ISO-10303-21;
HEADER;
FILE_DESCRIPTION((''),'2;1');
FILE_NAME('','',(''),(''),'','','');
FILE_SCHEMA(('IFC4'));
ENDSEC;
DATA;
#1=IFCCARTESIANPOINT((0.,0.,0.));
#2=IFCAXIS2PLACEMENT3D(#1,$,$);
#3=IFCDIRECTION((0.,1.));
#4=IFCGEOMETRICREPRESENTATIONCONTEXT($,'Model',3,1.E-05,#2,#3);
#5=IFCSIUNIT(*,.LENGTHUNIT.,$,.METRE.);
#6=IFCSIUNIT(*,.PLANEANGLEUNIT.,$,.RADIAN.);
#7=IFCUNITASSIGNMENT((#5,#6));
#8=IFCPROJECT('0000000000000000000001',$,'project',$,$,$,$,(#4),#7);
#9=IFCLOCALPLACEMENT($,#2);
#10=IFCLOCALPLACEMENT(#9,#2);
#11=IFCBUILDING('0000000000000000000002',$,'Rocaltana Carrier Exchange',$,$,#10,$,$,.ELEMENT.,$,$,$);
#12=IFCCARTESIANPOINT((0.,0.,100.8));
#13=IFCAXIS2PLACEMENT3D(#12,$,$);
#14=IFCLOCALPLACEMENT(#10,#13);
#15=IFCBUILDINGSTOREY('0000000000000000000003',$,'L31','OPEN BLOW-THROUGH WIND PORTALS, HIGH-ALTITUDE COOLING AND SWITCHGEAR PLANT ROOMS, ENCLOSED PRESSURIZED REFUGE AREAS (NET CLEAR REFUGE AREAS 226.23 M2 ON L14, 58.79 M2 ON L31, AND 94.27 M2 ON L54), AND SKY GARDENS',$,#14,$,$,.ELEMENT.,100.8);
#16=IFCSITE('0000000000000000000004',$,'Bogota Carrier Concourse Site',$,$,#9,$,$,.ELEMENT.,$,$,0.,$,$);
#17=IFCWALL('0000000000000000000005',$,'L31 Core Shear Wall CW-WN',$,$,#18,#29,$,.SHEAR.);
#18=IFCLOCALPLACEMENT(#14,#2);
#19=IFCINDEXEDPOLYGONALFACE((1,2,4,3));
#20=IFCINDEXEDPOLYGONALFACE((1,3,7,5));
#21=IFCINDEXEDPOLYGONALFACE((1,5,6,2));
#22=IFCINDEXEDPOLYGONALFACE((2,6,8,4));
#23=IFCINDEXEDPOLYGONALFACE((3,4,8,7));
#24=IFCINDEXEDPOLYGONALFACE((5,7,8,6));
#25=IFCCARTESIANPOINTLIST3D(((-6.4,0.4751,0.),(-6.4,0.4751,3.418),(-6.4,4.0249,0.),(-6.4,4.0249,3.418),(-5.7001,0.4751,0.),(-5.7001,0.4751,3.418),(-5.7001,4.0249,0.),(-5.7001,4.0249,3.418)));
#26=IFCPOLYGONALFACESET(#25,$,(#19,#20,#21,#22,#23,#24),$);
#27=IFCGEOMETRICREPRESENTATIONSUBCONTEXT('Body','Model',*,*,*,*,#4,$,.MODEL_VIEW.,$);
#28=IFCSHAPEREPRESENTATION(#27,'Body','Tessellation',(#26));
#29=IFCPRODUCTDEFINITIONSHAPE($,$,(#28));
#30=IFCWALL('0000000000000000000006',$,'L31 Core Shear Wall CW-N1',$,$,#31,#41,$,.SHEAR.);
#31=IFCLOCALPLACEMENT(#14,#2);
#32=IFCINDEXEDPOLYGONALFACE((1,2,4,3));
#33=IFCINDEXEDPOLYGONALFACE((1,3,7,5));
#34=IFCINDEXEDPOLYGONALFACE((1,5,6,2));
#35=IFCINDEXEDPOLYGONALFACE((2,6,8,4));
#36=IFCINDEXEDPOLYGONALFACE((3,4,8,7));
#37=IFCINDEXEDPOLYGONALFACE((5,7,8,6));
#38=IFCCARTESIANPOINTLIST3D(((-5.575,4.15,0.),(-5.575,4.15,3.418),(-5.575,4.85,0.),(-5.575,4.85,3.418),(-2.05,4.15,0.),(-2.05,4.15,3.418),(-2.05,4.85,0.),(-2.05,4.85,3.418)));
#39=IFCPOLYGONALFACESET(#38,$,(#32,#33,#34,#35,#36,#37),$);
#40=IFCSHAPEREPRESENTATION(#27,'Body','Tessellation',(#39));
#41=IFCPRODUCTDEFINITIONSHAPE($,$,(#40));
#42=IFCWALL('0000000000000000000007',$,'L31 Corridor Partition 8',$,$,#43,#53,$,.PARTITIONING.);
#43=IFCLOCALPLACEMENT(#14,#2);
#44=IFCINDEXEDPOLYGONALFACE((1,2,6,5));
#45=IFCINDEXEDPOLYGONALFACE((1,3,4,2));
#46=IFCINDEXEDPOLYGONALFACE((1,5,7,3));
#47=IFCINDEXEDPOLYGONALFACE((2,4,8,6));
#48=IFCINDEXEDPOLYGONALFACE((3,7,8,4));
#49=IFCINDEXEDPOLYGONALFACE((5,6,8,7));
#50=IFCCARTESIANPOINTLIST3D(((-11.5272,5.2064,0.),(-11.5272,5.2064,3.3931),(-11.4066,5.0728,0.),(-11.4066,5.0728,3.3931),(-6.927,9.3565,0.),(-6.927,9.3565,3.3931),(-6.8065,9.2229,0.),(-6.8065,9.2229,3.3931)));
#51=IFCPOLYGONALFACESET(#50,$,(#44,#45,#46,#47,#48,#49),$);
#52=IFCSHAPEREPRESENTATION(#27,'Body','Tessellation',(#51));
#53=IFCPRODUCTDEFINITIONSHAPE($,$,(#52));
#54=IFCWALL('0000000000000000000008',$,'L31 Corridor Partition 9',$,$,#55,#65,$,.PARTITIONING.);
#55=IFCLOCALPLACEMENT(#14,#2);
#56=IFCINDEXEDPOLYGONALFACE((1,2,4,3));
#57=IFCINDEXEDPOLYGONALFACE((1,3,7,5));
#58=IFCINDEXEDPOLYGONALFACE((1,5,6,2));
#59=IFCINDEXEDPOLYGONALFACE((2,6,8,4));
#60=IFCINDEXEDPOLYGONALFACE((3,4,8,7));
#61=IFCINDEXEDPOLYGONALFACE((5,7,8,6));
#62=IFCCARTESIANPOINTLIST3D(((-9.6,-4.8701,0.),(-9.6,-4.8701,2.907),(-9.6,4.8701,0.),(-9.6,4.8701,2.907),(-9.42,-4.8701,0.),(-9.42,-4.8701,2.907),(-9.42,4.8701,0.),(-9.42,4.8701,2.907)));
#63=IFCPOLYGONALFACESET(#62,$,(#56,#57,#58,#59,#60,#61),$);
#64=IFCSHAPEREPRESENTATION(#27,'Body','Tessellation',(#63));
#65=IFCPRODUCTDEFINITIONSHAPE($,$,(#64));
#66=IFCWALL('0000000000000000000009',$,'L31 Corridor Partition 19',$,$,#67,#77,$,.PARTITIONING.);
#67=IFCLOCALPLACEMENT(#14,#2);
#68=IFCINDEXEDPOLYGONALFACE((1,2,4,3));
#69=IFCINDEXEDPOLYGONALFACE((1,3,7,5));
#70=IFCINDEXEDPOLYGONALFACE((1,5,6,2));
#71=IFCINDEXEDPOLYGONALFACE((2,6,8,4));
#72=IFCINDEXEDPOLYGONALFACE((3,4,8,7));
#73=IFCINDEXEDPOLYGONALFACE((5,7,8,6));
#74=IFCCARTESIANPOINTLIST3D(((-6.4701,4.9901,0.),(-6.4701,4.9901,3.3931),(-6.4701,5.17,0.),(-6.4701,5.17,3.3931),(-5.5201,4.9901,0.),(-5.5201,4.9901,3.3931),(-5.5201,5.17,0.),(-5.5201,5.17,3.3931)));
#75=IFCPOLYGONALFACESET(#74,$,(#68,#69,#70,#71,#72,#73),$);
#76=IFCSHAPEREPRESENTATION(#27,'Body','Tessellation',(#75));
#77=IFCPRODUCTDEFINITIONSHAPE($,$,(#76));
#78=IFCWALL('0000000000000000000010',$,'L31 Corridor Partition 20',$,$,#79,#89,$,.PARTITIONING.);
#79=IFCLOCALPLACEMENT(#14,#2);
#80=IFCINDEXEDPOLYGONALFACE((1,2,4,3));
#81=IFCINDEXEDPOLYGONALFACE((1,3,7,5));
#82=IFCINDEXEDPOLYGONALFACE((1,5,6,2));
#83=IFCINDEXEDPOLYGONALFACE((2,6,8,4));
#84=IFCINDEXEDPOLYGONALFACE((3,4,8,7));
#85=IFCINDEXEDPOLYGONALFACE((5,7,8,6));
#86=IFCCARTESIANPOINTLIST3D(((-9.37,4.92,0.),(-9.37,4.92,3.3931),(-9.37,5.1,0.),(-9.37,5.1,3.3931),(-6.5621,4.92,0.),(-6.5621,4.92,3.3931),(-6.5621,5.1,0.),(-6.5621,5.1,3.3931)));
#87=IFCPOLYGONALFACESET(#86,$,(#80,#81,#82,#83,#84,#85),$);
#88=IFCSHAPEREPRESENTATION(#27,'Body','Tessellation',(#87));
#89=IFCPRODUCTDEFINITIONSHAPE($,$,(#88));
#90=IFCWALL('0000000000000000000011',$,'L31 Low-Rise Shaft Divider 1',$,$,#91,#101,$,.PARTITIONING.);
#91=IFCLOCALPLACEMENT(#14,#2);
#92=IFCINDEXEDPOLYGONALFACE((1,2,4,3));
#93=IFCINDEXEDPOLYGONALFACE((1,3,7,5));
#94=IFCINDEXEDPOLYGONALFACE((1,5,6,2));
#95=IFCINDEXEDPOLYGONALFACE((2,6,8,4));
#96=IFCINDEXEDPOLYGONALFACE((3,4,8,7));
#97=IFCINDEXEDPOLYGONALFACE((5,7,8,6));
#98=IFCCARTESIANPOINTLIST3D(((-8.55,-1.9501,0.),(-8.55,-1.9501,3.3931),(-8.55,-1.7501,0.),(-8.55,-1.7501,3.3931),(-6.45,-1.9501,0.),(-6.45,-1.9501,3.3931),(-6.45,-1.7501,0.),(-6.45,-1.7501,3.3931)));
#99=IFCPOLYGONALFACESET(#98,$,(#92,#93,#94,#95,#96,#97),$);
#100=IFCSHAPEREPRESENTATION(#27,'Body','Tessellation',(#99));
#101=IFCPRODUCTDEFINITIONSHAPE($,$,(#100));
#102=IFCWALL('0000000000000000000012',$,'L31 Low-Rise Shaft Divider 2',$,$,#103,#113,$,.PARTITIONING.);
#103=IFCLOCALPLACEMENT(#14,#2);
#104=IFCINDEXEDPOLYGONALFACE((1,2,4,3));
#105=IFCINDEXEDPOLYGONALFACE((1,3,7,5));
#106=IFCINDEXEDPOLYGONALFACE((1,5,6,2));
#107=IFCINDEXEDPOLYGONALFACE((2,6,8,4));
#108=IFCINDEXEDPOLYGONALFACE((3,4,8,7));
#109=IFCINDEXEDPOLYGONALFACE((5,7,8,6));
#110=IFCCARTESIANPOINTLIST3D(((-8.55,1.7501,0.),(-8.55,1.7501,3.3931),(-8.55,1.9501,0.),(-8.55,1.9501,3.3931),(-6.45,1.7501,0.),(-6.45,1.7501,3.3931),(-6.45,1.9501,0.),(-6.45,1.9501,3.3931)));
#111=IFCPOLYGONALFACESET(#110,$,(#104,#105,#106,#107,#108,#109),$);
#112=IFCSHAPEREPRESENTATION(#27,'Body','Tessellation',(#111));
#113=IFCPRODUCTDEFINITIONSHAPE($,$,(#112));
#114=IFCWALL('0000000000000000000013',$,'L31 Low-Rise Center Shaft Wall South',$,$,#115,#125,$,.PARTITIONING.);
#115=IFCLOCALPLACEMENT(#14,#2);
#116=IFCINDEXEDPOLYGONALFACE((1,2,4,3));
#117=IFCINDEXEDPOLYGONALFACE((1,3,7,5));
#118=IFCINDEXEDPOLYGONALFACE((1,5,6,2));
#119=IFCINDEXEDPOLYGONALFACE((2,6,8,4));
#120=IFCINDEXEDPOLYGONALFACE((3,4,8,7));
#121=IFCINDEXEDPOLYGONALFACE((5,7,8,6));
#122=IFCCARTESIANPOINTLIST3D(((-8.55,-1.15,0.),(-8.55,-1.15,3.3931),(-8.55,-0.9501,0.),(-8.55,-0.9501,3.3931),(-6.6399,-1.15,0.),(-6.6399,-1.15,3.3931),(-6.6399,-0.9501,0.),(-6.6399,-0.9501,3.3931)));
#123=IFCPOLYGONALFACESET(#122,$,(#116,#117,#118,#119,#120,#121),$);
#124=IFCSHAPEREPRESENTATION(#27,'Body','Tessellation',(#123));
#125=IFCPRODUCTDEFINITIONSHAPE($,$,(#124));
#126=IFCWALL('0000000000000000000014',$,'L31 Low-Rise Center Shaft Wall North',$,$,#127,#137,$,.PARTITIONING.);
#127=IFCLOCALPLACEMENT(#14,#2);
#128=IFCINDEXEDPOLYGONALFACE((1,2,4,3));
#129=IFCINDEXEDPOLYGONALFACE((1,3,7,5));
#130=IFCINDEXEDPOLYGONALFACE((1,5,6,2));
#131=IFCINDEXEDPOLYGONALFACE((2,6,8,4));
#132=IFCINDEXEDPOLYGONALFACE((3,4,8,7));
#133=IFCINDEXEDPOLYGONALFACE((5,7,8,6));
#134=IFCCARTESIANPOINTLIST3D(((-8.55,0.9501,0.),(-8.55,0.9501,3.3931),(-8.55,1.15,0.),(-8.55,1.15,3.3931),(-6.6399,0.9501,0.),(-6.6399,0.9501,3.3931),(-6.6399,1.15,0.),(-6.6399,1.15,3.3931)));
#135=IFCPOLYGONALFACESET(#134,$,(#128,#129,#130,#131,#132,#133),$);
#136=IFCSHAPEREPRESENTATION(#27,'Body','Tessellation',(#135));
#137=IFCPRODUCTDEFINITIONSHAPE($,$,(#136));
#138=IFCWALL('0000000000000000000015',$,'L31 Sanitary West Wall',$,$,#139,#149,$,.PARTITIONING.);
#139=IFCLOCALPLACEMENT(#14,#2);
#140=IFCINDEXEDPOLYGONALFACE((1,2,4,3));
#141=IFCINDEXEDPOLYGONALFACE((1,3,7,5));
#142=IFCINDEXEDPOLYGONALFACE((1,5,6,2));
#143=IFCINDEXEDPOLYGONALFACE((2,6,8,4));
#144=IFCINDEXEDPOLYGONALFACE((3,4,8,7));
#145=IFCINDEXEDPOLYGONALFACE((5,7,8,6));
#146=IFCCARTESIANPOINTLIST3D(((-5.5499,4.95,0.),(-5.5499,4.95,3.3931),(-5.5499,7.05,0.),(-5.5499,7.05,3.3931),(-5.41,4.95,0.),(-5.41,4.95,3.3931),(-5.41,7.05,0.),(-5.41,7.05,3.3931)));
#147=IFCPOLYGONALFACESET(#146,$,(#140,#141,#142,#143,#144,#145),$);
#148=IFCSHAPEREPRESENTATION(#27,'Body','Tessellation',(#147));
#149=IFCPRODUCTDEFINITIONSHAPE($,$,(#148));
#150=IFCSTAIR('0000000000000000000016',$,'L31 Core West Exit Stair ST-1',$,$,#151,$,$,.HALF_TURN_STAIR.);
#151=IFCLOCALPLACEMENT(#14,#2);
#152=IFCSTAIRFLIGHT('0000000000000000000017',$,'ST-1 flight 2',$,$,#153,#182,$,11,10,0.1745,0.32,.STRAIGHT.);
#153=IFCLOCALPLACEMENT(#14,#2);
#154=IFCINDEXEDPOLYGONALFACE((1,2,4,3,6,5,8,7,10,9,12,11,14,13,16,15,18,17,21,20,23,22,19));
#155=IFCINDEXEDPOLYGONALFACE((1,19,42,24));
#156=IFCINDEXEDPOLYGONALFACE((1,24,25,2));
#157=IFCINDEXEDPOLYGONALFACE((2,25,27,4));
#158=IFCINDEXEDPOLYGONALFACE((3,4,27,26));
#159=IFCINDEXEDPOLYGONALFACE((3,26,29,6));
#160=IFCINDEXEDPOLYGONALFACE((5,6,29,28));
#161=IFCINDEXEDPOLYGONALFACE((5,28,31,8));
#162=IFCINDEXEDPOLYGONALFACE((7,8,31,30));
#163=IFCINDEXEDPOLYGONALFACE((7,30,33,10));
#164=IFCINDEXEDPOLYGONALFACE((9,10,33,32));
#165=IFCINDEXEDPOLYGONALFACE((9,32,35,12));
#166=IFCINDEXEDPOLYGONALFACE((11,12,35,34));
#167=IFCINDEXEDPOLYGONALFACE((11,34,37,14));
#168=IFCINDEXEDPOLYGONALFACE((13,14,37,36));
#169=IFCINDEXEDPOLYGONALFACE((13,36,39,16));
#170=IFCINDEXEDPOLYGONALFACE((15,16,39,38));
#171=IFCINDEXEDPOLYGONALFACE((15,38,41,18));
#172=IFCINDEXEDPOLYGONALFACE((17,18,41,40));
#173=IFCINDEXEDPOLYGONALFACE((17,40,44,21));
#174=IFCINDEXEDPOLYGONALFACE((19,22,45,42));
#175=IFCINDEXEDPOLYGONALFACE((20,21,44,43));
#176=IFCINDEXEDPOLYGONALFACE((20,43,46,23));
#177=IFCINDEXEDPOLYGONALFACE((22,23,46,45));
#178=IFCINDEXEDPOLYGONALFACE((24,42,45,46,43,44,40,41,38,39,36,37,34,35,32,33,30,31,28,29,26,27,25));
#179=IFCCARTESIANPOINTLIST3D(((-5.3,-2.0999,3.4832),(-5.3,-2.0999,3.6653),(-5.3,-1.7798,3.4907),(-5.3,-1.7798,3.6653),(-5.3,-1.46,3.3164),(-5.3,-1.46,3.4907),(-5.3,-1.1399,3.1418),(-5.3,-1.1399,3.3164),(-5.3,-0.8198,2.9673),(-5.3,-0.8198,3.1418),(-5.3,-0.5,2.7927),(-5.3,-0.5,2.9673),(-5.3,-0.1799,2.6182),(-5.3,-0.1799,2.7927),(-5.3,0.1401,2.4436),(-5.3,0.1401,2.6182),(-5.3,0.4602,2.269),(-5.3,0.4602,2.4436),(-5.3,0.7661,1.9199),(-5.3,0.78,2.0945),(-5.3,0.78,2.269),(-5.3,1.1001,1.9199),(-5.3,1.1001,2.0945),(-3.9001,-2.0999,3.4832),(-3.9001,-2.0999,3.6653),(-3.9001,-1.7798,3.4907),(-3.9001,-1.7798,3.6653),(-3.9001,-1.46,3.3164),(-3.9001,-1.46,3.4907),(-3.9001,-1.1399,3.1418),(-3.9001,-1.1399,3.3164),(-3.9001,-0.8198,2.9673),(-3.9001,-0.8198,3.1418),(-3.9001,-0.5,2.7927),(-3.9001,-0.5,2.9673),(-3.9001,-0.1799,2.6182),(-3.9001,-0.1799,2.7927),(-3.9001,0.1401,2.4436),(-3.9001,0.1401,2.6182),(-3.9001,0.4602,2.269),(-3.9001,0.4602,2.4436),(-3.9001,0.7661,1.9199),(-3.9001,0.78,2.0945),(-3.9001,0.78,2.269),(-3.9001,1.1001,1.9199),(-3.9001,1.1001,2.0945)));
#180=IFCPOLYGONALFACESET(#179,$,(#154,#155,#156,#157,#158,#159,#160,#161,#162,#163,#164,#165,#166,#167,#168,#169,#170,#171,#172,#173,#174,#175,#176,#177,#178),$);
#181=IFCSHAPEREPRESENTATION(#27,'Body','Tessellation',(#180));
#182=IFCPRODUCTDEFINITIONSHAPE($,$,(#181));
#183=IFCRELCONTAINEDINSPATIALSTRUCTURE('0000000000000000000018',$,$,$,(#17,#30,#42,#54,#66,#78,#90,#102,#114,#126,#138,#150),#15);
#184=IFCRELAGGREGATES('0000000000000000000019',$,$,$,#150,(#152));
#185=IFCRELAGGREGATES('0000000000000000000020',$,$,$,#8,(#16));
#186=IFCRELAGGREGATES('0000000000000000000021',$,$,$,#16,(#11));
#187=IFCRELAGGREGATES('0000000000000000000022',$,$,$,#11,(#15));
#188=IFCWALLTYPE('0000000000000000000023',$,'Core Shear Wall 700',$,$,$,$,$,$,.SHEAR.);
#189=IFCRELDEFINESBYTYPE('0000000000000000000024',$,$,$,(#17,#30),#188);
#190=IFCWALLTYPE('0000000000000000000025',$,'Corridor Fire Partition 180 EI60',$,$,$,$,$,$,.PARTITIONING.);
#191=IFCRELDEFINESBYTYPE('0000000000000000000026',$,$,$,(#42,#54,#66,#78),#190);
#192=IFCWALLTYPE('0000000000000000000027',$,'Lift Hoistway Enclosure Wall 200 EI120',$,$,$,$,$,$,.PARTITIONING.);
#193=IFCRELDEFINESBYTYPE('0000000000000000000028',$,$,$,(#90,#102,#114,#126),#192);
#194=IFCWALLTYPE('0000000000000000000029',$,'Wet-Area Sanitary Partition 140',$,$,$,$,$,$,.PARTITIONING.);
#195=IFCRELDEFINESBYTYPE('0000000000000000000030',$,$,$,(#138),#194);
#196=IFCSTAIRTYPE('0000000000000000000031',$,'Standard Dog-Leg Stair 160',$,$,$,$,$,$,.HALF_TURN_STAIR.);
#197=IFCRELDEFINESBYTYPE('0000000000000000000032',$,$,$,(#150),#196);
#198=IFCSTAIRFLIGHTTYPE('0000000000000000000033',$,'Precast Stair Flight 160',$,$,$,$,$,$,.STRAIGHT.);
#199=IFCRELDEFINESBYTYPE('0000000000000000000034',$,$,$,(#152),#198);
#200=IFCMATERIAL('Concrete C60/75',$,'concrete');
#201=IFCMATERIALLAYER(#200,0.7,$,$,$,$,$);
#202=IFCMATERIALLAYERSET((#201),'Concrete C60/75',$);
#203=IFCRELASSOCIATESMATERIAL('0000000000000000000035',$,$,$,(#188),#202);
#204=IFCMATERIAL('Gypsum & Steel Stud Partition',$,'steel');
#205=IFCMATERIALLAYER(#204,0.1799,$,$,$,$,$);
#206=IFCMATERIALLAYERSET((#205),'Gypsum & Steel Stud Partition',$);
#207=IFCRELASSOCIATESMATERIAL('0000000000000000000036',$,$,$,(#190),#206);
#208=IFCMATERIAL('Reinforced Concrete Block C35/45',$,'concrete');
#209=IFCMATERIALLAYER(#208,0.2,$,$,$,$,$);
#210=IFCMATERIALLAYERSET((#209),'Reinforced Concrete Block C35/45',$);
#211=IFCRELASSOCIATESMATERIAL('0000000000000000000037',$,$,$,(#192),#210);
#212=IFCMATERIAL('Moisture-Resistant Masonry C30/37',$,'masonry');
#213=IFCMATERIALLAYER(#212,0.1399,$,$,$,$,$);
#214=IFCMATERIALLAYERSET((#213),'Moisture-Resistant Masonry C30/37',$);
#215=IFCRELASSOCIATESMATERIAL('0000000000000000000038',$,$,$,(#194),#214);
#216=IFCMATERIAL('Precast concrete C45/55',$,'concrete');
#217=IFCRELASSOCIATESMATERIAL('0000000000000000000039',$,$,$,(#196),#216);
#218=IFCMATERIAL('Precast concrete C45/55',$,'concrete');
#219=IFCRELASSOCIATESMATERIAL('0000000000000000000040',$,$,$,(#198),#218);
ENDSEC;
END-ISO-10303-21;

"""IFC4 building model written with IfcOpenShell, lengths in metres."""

from ifc_helpers import new_model, si_unit, direction, frame, frame_2d, origin, place, context, subcontext, project, spatial, polyline, rectangle, outline, extrude, material, layer, layer_set, type_object, element, aggregate, save


model = new_model("IFC4")

# Units and contexts
model_context = context("Model", 3, precision=1e-05, world=origin(), true_north=direction((0.0, 1.0)))
body_context = subcontext(model_context, "Body", "Model", "MODEL_VIEW")
ifc_project = project(units=[si_unit("LENGTHUNIT", "METRE"), si_unit("PLANEANGLEUNIT", "RADIAN")], contexts=[model_context])

# Site, building, storey
site_placement = place(None, origin())
site = spatial("IfcSite", under=ifc_project, at=site_placement, Name="Bogota Carrier Concourse Site", CompositionType="ELEMENT", RefElevation=0.0)
building_placement = place(site_placement, origin())
building = spatial("IfcBuilding", under=site, at=building_placement, Name="Rocaltana Carrier Exchange", CompositionType="ELEMENT")
storey_placement = place(building_placement, frame((0.0, 0.0, 100.8)))
storey = spatial("IfcBuildingStorey", under=building, at=storey_placement, Name="L31", Description="OPEN BLOW-THROUGH WIND PORTALS, HIGH-ALTITUDE COOLING AND SWITCHGEAR PLANT ROOMS, ENCLOSED PRESSURIZED REFUGE AREAS (NET CLEAR REFUGE AREAS 226.23 M2 ON L14, 58.79 M2 ON L31, AND 94.27 M2 ON L54), AND SKY GARDENS", CompositionType="ELEMENT", Elevation=100.8)

# Walls
ifc_material_1 = material(Name="Concrete C60/75", Category="concrete")
ifc_layer_1 = layer(ifc_material_1, 0.7)
ifc_layer_set_1 = layer_set([ifc_layer_1], Name="Concrete C60/75")
wall_type_1 = type_object("IfcWallType", Name="Core Shear Wall 700", PredefinedType="SHEAR", material=ifc_layer_set_1)
wall_1_placement = place(storey_placement, frame((-6.05, 0.4751, 0.0), z_axis=(0.0, 0.0, 1.0), x_axis=(0.0, 1.0, 0.0)))
element("IfcWall", 1, at=wall_1_placement, inside=storey, type_object=wall_type_1, Name="L31 Core Shear Wall CW-WN", PredefinedType="SHEAR", context=body_context, shape_type="SweptSolid", body=[
    extrude(rectangle(XDim=3.5498, YDim=0.7, at=frame_2d((1.7749, 0.0))), origin(), (0.0, 0.0, 1.0), 3.418),
])
wall_2_placement = place(storey_placement, frame((-5.575, 4.5, 0.0), z_axis=(0.0, 0.0, 1.0), x_axis=(1.0, 0.0, 0.0)))
element("IfcWall", 2, at=wall_2_placement, inside=storey, type_object=wall_type_1, Name="L31 Core Shear Wall CW-N1", PredefinedType="SHEAR", context=body_context, shape_type="SweptSolid", body=[
    extrude(rectangle(XDim=3.5249, YDim=0.7, at=frame_2d((1.7625, 0.0))), origin(), (0.0, 0.0, 1.0), 3.418),
])
ifc_material_2 = material(Name="Gypsum & Steel Stud Partition", Category="steel")
ifc_layer_2 = layer(ifc_material_2, 0.1799)
ifc_layer_set_2 = layer_set([ifc_layer_2], Name="Gypsum & Steel Stud Partition")
wall_type_2 = type_object("IfcWallType", Name="Corridor Fire Partition 180 EI60", PredefinedType="PARTITIONING", material=ifc_layer_set_2)
wall_3_placement = place(storey_placement, frame((-11.4668, 5.1396, 0.0), z_axis=(0.0, 0.0, 1.0), x_axis=(0.742486, 0.669861, 0.0)))
element("IfcWall", 3, at=wall_3_placement, inside=storey, type_object=wall_type_2, Name="L31 Corridor Partition 8", PredefinedType="PARTITIONING", context=body_context, shape_type="SweptSolid", body=[
    extrude(rectangle(XDim=6.1956, YDim=0.1799, at=frame_2d((3.0977, 0.0))), origin(), (0.0, 0.0, 1.0), 3.3931),
])
wall_4_placement = place(storey_placement, frame((-9.51, 4.8701, 0.0), z_axis=(0.0, 0.0, 1.0), x_axis=(0.0, -1.0, 0.0)))
element("IfcWall", 4, at=wall_4_placement, inside=storey, type_object=wall_type_2, Name="L31 Corridor Partition 9", PredefinedType="PARTITIONING", context=body_context, shape_type="SweptSolid", body=[
    extrude(rectangle(XDim=9.7402, YDim=0.1799, at=frame_2d((4.8701, 0.0))), origin(), (0.0, 0.0, 1.0), 2.907),
])
wall_5_placement = place(storey_placement, frame((-5.52, 5.0801, 0.0), z_axis=(0.0, 0.0, 1.0), x_axis=(-1.0, 0.0, 0.0)))
element("IfcWall", 5, at=wall_5_placement, inside=storey, type_object=wall_type_2, Name="L31 Corridor Partition 19", PredefinedType="PARTITIONING", context=body_context, shape_type="SweptSolid", body=[
    extrude(rectangle(XDim=0.95, YDim=0.1799, at=frame_2d((0.4751, 0.0))), origin(), (0.0, 0.0, 1.0), 3.3931),
])
wall_6_placement = place(storey_placement, frame((-6.5623, 5.01, 0.0), z_axis=(0.0, 0.0, 1.0), x_axis=(-1.0, 0.0, 0.0)))
element("IfcWall", 6, at=wall_6_placement, inside=storey, type_object=wall_type_2, Name="L31 Corridor Partition 20", PredefinedType="PARTITIONING", context=body_context, shape_type="SweptSolid", body=[
    extrude(rectangle(XDim=2.8079, YDim=0.1799, at=frame_2d((1.4038, 0.0))), origin(), (0.0, 0.0, 1.0), 3.3931),
])
ifc_material_3 = material(Name="Reinforced Concrete Block C35/45", Category="concrete")
ifc_layer_3 = layer(ifc_material_3, 0.2)
ifc_layer_set_3 = layer_set([ifc_layer_3], Name="Reinforced Concrete Block C35/45")
wall_type_3 = type_object("IfcWallType", Name="Lift Hoistway Enclosure Wall 200 EI120", PredefinedType="PARTITIONING", material=ifc_layer_set_3)
for number, where, z_axis, x_axis, name in (
    (7, (-8.55, -1.8501, 0.0), (0.0, 0.0, 1.0), (1.0, 0.0, 0.0), "L31 Low-Rise Shaft Divider 1"),
    (8, (-8.55, 1.8501, 0.0), (0.0, 0.0, 1.0), (1.0, 0.0, 0.0), "L31 Low-Rise Shaft Divider 2"),
):
    element("IfcWall", number, at=place(storey_placement, frame(where, z_axis=z_axis, x_axis=x_axis)), inside=storey, type_object=wall_type_3, Name=name, PredefinedType="PARTITIONING", context=body_context, shape_type="SweptSolid", body=[
        extrude(rectangle(XDim=2.1001, YDim=0.2, at=frame_2d((1.05, 0.0))), origin(), (0.0, 0.0, 1.0), 3.3931),
    ])
for number, where, z_axis, x_axis, name in (
    (9, (-8.55, -1.05, 0.0), (0.0, 0.0, 1.0), (1.0, 0.0, 0.0), "L31 Low-Rise Center Shaft Wall South"),
    (10, (-8.55, 1.05, 0.0), (0.0, 0.0, 1.0), (1.0, 0.0, 0.0), "L31 Low-Rise Center Shaft Wall North"),
):
    element("IfcWall", number, at=place(storey_placement, frame(where, z_axis=z_axis, x_axis=x_axis)), inside=storey, type_object=wall_type_3, Name=name, PredefinedType="PARTITIONING", context=body_context, shape_type="SweptSolid", body=[
        extrude(rectangle(XDim=1.9102, YDim=0.2, at=frame_2d((0.9551, 0.0))), origin(), (0.0, 0.0, 1.0), 3.3931),
    ])
ifc_material_4 = material(Name="Moisture-Resistant Masonry C30/37", Category="masonry")
ifc_layer_4 = layer(ifc_material_4, 0.1399)
ifc_layer_set_4 = layer_set([ifc_layer_4], Name="Moisture-Resistant Masonry C30/37")
wall_type_4 = type_object("IfcWallType", Name="Wet-Area Sanitary Partition 140", PredefinedType="PARTITIONING", material=ifc_layer_set_4)
wall_7_placement = place(storey_placement, frame((-5.48, 4.95, 0.0), z_axis=(0.0, 0.0, 1.0), x_axis=(0.0, 1.0, 0.0)))
element("IfcWall", 11, at=wall_7_placement, inside=storey, type_object=wall_type_4, Name="L31 Sanitary West Wall", PredefinedType="PARTITIONING", context=body_context, shape_type="SweptSolid", body=[
    extrude(rectangle(XDim=2.1001, YDim=0.1399, at=frame_2d((1.05, 0.0))), origin(), (0.0, 0.0, 1.0), 3.3931),
])

# Stair, stair flight
ifc_material_5 = material(Name="Precast concrete C45/55", Category="concrete")
stair_type = type_object("IfcStairType", Name="Standard Dog-Leg Stair 160", PredefinedType="HALF_TURN_STAIR", material=ifc_material_5)
stair_placement = place(storey_placement, origin())
stair = element("IfcStair", 12, at=stair_placement, inside=storey, type_object=stair_type, Name="L31 Core West Exit Stair ST-1", PredefinedType="HALF_TURN_STAIR")
ifc_material_6 = material(Name="Precast concrete C45/55", Category="concrete")
stair_flight_type = type_object("IfcStairFlightType", Name="Precast Stair Flight 160", PredefinedType="STRAIGHT", material=ifc_material_6)
stair_flight_placement = place(storey_placement, frame((-4.6001, 1.1001, 1.9199), z_axis=(0.0, 0.0, 1.0), x_axis=(0.0, -1.0, 0.0)))
stair_flight = element("IfcStairFlight", 13, at=stair_flight_placement, type_object=stair_flight_type, Name="ST-1 flight 2", NumberOfRisers=11, NumberOfTreads=10, PredefinedType="STRAIGHT", RiserHeight=0.1745, TreadLength=0.32, context=body_context, shape_type="SweptSolid", body=[
    extrude(outline(polyline([(0.0, 0.0), (0.0, 0.1746), (0.3201, 0.1746), (0.3201, 0.3491), (0.6399, 0.3491), (0.6399, 0.5237), (0.96, 0.5237), (0.96, 0.6982), (1.28, 0.6982), (1.28, 0.8728), (1.6001, 0.8728), (1.6001, 1.0474), (1.9199, 1.0474), (1.9199, 1.2219), (2.24, 1.2219), (2.24, 1.3965), (2.5601, 1.3965), (2.5601, 1.5708), (2.8799, 1.5708), (2.8799, 1.7454), (3.2, 1.7454), (3.2, 1.9199), (3.2, 1.5632), (0.334, 0.0), (0.0, 0.0)])), frame((0.0, 0.7, 0.0), z_axis=(0.0, -1.0, 0.0), x_axis=(1.0, 0.0, 0.0)), (0.0, 0.0, 1.0), 1.3999),
])
aggregate(stair, [stair_flight])

save(model, "model.ifc")
